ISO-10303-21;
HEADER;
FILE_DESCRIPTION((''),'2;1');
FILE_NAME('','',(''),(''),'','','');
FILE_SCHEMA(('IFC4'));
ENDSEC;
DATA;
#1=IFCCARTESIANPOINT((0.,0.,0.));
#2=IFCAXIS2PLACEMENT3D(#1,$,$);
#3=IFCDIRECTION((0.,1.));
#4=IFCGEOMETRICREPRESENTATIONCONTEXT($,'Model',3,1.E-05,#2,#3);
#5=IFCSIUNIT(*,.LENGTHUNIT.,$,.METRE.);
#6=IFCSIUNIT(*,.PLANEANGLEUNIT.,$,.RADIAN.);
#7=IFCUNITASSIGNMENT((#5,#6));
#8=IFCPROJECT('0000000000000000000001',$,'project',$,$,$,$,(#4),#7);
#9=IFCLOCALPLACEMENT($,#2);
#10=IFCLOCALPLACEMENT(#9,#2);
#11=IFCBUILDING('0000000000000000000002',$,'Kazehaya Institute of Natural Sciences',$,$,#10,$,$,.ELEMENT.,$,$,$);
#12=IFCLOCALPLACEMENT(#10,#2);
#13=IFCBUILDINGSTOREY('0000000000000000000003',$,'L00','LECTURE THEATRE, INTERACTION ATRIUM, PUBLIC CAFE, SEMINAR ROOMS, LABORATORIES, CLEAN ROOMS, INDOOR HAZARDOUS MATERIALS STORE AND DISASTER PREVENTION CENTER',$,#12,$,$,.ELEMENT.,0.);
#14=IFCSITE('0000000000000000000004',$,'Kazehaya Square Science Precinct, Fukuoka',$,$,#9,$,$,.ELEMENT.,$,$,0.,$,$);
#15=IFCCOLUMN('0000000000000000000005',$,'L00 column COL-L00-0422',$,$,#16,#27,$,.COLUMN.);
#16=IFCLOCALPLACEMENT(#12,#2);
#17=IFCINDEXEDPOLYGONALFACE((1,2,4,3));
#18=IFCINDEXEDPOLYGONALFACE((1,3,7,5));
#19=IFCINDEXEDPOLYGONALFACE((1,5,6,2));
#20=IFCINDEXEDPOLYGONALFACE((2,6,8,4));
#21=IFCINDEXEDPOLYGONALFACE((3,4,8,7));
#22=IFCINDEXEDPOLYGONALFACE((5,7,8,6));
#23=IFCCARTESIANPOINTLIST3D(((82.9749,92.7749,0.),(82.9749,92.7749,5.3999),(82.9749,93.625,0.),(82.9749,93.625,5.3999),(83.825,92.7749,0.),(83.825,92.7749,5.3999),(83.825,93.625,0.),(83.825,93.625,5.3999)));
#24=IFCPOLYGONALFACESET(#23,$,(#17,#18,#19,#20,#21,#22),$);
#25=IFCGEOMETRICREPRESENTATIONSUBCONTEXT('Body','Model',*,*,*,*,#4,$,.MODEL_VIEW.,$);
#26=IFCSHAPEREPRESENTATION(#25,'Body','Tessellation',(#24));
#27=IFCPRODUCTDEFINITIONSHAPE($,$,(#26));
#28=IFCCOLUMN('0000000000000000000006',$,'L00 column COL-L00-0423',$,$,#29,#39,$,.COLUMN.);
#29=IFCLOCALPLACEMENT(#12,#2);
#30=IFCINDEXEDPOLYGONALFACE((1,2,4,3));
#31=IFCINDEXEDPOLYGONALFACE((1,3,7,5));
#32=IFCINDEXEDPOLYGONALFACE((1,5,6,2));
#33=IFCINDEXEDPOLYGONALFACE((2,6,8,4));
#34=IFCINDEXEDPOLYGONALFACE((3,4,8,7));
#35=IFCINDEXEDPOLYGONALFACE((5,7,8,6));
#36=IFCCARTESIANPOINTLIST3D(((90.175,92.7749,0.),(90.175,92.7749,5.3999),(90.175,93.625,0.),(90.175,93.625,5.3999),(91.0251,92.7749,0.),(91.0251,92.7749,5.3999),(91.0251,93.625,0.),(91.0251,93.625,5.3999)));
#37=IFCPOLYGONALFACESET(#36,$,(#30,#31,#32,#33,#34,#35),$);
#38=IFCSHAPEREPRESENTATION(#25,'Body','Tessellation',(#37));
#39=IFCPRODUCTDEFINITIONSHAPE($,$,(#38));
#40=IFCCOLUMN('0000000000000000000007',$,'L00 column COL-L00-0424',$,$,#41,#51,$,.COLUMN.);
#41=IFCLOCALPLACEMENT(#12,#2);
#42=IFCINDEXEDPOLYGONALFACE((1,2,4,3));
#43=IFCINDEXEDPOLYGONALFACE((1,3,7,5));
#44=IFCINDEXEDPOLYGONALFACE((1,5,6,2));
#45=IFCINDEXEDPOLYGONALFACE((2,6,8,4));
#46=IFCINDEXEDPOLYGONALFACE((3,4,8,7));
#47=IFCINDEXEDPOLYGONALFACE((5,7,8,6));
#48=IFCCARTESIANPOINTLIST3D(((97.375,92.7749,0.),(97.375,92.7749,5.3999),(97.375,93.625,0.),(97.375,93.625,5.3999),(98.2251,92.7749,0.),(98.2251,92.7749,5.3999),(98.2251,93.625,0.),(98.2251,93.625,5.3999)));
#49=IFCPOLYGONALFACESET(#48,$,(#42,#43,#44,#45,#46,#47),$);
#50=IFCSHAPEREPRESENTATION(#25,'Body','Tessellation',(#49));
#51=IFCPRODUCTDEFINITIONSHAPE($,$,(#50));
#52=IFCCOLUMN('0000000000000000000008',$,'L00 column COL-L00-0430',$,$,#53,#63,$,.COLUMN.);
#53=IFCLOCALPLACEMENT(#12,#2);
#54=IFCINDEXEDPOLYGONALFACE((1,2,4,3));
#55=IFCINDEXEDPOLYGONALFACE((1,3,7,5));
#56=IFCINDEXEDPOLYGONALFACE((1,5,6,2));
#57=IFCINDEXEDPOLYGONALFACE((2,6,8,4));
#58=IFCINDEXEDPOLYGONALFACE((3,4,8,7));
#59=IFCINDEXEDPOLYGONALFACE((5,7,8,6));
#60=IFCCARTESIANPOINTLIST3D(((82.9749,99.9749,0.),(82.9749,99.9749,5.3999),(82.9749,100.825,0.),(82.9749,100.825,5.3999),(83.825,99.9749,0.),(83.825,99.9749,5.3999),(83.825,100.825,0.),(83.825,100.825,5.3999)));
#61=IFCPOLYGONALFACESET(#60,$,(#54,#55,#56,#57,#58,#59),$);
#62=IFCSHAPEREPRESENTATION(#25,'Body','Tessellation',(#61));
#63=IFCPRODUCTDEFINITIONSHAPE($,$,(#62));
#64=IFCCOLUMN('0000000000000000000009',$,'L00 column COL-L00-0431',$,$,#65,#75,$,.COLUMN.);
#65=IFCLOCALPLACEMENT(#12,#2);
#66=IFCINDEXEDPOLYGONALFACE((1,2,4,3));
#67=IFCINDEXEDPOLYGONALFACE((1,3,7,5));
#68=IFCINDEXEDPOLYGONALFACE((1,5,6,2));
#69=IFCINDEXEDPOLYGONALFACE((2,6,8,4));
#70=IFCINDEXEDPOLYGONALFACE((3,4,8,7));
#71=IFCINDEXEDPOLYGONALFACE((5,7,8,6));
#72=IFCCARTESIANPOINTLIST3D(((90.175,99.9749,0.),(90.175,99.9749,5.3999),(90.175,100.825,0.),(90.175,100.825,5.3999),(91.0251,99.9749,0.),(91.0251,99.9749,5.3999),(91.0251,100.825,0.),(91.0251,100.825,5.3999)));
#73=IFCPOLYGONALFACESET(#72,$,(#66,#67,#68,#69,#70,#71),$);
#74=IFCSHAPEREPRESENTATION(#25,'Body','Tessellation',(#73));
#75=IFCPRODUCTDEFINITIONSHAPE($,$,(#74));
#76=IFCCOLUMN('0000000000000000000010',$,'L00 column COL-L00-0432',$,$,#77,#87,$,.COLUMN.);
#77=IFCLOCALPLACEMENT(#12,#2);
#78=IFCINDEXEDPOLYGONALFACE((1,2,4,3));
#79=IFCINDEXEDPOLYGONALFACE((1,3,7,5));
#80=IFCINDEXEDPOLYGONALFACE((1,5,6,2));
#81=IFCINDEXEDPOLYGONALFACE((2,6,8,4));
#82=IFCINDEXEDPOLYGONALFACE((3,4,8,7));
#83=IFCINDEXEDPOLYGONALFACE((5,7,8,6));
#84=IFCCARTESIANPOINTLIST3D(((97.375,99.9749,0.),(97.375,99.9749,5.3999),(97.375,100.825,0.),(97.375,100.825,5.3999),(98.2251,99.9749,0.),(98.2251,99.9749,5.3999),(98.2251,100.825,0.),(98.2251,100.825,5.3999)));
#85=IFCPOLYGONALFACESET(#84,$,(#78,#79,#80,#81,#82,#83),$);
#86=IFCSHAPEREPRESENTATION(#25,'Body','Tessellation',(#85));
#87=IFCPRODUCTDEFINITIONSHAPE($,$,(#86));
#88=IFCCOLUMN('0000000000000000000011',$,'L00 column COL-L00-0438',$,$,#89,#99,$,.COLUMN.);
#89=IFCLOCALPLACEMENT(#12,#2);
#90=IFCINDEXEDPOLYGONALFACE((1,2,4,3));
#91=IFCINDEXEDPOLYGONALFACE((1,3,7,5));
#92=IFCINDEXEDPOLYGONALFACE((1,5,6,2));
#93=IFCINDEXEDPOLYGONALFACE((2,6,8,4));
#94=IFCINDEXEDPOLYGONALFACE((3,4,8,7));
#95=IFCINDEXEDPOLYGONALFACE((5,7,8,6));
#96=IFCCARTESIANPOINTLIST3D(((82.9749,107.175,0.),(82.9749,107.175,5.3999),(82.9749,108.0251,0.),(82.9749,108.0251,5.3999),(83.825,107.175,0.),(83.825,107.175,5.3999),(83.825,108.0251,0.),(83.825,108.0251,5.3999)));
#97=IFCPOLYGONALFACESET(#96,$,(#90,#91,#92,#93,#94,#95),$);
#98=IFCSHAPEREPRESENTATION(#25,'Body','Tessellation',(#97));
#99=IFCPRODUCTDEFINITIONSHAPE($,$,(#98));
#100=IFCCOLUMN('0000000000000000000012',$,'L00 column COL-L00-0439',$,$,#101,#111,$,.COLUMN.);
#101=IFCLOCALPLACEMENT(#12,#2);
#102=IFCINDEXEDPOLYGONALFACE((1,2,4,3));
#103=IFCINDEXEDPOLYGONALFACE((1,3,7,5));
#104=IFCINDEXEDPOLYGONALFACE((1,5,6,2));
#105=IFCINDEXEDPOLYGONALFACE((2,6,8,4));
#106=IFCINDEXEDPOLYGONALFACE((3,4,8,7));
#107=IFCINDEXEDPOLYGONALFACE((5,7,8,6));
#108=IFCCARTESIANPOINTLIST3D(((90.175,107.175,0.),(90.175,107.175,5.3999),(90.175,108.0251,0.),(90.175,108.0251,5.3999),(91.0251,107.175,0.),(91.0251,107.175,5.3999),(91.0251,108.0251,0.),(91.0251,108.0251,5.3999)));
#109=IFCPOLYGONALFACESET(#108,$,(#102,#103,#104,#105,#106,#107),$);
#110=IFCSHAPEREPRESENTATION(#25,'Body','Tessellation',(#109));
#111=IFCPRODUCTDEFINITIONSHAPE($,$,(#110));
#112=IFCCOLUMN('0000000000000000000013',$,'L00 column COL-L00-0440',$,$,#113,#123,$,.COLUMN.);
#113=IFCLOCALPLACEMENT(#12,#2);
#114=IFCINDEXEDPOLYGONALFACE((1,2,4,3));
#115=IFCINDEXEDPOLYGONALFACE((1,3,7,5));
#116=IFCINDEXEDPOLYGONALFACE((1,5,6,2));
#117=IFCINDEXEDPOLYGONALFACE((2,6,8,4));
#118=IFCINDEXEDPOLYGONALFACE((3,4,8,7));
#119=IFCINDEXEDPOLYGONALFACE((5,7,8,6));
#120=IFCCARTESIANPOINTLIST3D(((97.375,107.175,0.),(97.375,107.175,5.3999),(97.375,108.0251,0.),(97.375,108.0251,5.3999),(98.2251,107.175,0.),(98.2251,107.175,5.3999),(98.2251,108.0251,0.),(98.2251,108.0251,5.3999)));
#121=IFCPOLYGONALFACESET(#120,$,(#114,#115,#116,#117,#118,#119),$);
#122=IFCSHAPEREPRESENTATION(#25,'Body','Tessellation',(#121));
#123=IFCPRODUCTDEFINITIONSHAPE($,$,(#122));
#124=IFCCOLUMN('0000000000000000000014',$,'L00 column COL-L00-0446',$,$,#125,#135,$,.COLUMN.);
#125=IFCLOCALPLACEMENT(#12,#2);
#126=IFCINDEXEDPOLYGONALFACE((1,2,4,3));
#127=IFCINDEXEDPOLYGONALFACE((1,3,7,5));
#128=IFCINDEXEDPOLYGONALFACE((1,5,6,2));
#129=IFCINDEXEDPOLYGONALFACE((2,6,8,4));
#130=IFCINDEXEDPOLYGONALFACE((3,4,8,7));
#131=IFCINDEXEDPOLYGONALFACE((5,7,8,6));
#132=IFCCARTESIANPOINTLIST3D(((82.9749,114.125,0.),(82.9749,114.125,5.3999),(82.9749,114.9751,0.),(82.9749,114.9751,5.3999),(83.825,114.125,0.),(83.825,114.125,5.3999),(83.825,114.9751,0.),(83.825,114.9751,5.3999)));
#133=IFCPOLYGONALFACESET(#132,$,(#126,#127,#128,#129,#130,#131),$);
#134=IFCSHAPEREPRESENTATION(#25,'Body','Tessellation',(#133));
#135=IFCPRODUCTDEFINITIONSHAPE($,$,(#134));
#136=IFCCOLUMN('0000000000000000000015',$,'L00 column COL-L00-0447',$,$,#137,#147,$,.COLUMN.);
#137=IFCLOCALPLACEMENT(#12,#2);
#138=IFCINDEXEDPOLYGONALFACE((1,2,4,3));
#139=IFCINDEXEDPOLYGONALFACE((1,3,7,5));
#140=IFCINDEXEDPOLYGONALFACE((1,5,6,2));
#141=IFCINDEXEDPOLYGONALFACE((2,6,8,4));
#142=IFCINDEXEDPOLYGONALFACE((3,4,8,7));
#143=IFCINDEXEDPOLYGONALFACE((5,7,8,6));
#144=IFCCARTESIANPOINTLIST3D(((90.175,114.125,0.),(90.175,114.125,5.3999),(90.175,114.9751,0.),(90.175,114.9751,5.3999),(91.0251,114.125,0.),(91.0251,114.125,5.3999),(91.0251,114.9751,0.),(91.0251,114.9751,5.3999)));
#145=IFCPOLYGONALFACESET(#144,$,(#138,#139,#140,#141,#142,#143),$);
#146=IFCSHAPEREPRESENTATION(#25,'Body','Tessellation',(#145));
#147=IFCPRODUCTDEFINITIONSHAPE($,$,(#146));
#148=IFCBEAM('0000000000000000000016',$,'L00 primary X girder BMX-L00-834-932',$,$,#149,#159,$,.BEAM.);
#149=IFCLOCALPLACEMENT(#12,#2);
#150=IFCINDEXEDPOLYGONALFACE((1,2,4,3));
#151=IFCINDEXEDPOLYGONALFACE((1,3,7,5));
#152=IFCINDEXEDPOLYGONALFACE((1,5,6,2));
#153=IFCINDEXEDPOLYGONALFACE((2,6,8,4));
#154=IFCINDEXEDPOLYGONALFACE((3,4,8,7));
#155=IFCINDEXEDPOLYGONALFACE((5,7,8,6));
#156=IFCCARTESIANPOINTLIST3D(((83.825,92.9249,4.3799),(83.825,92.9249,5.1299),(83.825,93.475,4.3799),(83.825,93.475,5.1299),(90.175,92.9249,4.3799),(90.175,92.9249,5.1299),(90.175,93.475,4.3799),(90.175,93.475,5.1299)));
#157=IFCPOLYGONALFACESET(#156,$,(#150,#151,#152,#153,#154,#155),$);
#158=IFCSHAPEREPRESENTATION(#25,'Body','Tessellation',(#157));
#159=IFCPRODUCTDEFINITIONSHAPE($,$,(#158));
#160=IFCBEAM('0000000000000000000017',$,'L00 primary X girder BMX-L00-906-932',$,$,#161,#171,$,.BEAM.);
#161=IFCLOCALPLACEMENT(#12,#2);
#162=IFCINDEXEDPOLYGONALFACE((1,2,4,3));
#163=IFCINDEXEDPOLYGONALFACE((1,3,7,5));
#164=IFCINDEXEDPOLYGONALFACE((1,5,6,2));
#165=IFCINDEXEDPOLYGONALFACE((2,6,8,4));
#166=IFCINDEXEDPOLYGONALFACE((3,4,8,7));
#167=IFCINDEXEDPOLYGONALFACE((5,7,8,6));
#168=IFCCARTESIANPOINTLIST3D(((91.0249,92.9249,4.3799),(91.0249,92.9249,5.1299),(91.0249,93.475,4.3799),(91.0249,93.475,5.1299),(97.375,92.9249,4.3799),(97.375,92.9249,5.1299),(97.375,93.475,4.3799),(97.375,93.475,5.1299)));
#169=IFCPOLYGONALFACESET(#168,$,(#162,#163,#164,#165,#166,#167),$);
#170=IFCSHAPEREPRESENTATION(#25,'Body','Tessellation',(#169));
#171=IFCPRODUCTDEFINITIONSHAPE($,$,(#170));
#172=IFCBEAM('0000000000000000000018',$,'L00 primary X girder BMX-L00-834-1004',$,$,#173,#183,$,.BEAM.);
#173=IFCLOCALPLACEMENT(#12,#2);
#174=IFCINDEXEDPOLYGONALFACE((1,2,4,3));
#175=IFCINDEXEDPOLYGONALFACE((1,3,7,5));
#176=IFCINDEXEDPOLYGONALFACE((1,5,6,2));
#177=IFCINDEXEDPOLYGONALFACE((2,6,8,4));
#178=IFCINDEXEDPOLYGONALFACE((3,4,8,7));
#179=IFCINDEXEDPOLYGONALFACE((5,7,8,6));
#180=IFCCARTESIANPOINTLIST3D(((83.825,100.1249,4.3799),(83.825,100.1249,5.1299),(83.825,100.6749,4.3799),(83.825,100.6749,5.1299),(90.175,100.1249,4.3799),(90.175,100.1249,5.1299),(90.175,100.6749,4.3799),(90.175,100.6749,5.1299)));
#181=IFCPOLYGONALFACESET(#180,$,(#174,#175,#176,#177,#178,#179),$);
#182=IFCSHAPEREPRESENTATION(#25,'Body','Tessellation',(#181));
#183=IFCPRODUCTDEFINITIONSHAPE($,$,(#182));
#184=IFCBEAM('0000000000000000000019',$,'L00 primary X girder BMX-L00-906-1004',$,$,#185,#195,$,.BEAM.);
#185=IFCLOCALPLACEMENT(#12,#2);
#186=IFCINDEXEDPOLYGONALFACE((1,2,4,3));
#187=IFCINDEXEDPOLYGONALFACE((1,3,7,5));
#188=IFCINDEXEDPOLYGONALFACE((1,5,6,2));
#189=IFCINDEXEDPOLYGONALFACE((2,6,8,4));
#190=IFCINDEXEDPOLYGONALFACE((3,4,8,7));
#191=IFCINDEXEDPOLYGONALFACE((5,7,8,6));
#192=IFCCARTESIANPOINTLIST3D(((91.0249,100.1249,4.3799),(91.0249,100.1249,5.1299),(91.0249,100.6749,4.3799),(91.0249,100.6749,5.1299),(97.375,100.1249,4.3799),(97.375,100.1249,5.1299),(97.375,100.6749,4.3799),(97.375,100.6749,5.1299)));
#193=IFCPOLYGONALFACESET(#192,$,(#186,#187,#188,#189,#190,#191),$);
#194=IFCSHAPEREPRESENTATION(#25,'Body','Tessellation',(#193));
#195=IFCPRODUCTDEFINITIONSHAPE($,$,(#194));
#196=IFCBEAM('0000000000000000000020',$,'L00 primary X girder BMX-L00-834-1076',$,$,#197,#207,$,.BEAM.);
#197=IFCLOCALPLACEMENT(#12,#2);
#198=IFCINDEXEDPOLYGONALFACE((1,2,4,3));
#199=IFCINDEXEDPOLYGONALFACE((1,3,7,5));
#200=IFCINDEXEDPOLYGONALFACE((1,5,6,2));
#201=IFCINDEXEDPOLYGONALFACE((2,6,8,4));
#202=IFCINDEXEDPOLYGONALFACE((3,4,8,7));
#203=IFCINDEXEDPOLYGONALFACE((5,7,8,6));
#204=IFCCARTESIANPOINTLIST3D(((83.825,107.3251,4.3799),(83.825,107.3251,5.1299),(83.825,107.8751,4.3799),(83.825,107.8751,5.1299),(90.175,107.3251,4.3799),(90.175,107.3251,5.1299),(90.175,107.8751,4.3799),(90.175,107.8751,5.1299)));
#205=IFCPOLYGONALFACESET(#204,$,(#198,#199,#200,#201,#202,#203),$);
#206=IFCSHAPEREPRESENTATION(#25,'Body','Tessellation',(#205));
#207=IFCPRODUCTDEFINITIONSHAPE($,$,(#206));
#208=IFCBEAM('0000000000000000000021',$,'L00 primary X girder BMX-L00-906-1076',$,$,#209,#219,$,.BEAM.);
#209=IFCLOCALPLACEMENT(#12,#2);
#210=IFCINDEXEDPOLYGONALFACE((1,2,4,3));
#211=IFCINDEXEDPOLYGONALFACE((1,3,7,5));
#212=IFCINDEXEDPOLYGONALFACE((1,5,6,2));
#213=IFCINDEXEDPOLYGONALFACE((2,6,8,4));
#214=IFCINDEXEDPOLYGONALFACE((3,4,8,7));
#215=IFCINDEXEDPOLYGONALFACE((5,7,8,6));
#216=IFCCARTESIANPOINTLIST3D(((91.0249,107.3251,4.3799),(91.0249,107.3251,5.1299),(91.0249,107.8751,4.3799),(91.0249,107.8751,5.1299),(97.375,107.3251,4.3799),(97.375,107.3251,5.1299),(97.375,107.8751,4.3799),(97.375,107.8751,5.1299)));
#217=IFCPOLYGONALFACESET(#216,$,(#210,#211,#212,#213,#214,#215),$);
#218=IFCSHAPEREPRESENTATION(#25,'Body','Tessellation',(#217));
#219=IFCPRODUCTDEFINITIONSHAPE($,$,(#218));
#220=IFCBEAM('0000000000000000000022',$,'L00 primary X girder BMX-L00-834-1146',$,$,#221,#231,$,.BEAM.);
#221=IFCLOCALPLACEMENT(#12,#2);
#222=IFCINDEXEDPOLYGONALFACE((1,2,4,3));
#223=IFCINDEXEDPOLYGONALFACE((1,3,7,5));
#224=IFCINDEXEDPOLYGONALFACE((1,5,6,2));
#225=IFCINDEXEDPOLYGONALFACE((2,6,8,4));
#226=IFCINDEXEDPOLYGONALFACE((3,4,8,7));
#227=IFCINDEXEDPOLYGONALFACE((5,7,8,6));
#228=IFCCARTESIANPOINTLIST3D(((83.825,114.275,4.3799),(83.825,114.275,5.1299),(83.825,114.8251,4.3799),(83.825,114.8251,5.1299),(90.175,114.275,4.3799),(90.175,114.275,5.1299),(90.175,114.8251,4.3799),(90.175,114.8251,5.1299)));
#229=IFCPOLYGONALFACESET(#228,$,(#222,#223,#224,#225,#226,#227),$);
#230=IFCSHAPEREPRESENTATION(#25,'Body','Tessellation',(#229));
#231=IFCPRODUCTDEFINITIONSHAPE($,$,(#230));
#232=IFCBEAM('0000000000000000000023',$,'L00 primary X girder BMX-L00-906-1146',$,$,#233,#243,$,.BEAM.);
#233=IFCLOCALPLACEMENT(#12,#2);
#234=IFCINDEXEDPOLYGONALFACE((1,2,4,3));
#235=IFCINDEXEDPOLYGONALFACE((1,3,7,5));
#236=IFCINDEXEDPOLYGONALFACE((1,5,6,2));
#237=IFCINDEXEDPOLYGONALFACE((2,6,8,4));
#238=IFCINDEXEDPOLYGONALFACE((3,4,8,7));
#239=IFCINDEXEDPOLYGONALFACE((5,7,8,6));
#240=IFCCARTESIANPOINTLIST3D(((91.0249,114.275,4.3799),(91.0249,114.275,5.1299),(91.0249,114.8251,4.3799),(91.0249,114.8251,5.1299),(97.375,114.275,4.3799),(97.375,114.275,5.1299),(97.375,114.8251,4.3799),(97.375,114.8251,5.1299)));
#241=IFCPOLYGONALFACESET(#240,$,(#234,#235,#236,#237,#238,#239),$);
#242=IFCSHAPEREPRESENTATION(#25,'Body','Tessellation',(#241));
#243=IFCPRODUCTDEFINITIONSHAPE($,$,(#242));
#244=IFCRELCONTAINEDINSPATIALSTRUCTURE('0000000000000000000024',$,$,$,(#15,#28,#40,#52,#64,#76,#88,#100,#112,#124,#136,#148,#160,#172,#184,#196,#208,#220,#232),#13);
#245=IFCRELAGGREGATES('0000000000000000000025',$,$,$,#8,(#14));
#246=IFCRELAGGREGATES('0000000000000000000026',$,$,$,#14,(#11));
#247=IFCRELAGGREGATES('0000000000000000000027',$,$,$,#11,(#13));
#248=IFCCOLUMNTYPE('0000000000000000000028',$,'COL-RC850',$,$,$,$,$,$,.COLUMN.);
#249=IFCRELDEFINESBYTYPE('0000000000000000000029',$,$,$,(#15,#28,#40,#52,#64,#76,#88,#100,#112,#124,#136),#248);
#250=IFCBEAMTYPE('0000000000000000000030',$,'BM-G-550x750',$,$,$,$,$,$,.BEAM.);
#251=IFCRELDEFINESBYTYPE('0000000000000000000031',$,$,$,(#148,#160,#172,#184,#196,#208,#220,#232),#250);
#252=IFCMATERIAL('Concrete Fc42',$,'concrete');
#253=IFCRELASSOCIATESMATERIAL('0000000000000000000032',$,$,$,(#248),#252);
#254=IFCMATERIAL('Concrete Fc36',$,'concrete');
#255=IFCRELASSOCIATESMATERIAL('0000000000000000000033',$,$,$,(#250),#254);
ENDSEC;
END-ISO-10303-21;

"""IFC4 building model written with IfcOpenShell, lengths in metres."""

from ifc_helpers import new_model, si_unit, direction, frame, origin, origin_2d, place, context, subcontext, project, spatial, rectangle, extrude, material, material_profile, profile_set, type_object, element, save


model = new_model("IFC4")

# Units and contexts
model_context = context("Model", 3, precision=1e-05, world=origin(), true_north=direction((0.0, 1.0)))
body_context = subcontext(model_context, "Body", "Model", "MODEL_VIEW")
ifc_project = project(units=[si_unit("LENGTHUNIT", "METRE"), si_unit("PLANEANGLEUNIT", "RADIAN")], contexts=[model_context])

# Site, building, storey
site_placement = place(None, origin())
site = spatial("IfcSite", under=ifc_project, at=site_placement, Name="Kazehaya Square Science Precinct, Fukuoka", CompositionType="ELEMENT", RefElevation=0.0)
building_placement = place(site_placement, origin())
building = spatial("IfcBuilding", under=site, at=building_placement, Name="Kazehaya Institute of Natural Sciences", CompositionType="ELEMENT")
storey_placement = place(building_placement, origin())
storey = spatial("IfcBuildingStorey", under=building, at=storey_placement, Name="L00", Description="LECTURE THEATRE, INTERACTION ATRIUM, PUBLIC CAFE, SEMINAR ROOMS, LABORATORIES, CLEAN ROOMS, INDOOR HAZARDOUS MATERIALS STORE AND DISASTER PREVENTION CENTER", CompositionType="ELEMENT", Elevation=0.0)

# Columns
ifc_material_1 = material(Name="Concrete Fc42", Category="concrete")
ifc_material_profile_1 = material_profile(ifc_material_1, rectangle(XDim=0.8501, YDim=0.8501, at=origin_2d()), Name="RC-850x850")
ifc_profile_set_1 = profile_set([ifc_material_profile_1], Name="Concrete Fc42")
column_type = type_object("IfcColumnType", Name="COL-RC850", PredefinedType="COLUMN", material=ifc_profile_set_1)
for number, where, z_axis, x_axis, name in (
    (1, (83.3999, 93.2, 0.0), (0.0, 0.0, 1.0), (1.0, 0.0, 0.0), "L00 column COL-L00-0422"),
    (2, (90.6001, 93.2, 0.0), (0.0, 0.0, 1.0), (1.0, 0.0, 0.0), "L00 column COL-L00-0423"),
    (3, (97.8, 93.2, 0.0), (0.0, 0.0, 1.0), (1.0, 0.0, 0.0), "L00 column COL-L00-0424"),
    (4, (83.3999, 100.3999, 0.0), (0.0, 0.0, 1.0), (1.0, 0.0, 0.0), "L00 column COL-L00-0430"),
    (5, (90.6001, 100.3999, 0.0), (0.0, 0.0, 1.0), (1.0, 0.0, 0.0), "L00 column COL-L00-0431"),
    (6, (97.8, 100.3999, 0.0), (0.0, 0.0, 1.0), (1.0, 0.0, 0.0), "L00 column COL-L00-0432"),
    (7, (83.3999, 107.6001, 0.0), (0.0, 0.0, 1.0), (1.0, 0.0, 0.0), "L00 column COL-L00-0438"),
    (8, (90.6001, 107.6001, 0.0), (0.0, 0.0, 1.0), (1.0, 0.0, 0.0), "L00 column COL-L00-0439"),
    (9, (97.8, 107.6001, 0.0), (0.0, 0.0, 1.0), (1.0, 0.0, 0.0), "L00 column COL-L00-0440"),
    (10, (83.3999, 114.55, 0.0), (0.0, 0.0, 1.0), (1.0, 0.0, 0.0), "L00 column COL-L00-0446"),
    (11, (90.6001, 114.55, 0.0), (0.0, 0.0, 1.0), (1.0, 0.0, 0.0), "L00 column COL-L00-0447"),
):
    element("IfcColumn", number, at=place(storey_placement, frame(where, z_axis=z_axis, x_axis=x_axis)), inside=storey, type_object=column_type, Name=name, PredefinedType="COLUMN", context=body_context, shape_type="SweptSolid", body=[
        extrude(rectangle(XDim=0.8501, YDim=0.8501, at=origin_2d()), origin(), (0.0, 0.0, 1.0), 5.3999),
    ])

# Beams
ifc_material_2 = material(Name="Concrete Fc36", Category="concrete")
ifc_material_profile_2 = material_profile(ifc_material_2, rectangle(XDim=0.55, YDim=0.75, at=origin_2d()), Name="RC-550x750")
ifc_profile_set_2 = profile_set([ifc_material_profile_2], Name="Concrete Fc36")
beam_type = type_object("IfcBeamType", Name="BM-G-550x750", PredefinedType="BEAM", material=ifc_profile_set_2)
for number, where, z_axis, x_axis, name in (
    (12, (83.825, 93.2, 4.7549), (1.0, 0.0, 0.0), (0.0, 1.0, 0.0), "L00 primary X girder BMX-L00-834-932"),
    (13, (91.0249, 93.2, 4.7549), (1.0, 0.0, 0.0), (0.0, 1.0, 0.0), "L00 primary X girder BMX-L00-906-932"),
    (14, (83.825, 100.3999, 4.7549), (1.0, 0.0, 0.0), (0.0, 1.0, 0.0), "L00 primary X girder BMX-L00-834-1004"),
    (15, (91.0249, 100.3999, 4.7549), (1.0, 0.0, 0.0), (0.0, 1.0, 0.0), "L00 primary X girder BMX-L00-906-1004"),
    (16, (83.825, 107.6001, 4.7549), (1.0, 0.0, 0.0), (0.0, 1.0, 0.0), "L00 primary X girder BMX-L00-834-1076"),
    (17, (91.0249, 107.6001, 4.7549), (1.0, 0.0, 0.0), (0.0, 1.0, 0.0), "L00 primary X girder BMX-L00-906-1076"),
    (18, (83.825, 114.55, 4.7549), (1.0, 0.0, 0.0), (0.0, 1.0, 0.0), "L00 primary X girder BMX-L00-834-1146"),
    (19, (91.0249, 114.55, 4.7549), (1.0, 0.0, 0.0), (0.0, 1.0, 0.0), "L00 primary X girder BMX-L00-906-1146"),
):
    element("IfcBeam", number, at=place(storey_placement, frame(where, z_axis=z_axis, x_axis=x_axis)), inside=storey, type_object=beam_type, Name=name, PredefinedType="BEAM", context=body_context, shape_type="SweptSolid", body=[
        extrude(rectangle(XDim=0.55, YDim=0.75, at=origin_2d()), origin(), (0.0, 0.0, 1.0), 6.3501),
    ])

save(model, "model.ifc")
